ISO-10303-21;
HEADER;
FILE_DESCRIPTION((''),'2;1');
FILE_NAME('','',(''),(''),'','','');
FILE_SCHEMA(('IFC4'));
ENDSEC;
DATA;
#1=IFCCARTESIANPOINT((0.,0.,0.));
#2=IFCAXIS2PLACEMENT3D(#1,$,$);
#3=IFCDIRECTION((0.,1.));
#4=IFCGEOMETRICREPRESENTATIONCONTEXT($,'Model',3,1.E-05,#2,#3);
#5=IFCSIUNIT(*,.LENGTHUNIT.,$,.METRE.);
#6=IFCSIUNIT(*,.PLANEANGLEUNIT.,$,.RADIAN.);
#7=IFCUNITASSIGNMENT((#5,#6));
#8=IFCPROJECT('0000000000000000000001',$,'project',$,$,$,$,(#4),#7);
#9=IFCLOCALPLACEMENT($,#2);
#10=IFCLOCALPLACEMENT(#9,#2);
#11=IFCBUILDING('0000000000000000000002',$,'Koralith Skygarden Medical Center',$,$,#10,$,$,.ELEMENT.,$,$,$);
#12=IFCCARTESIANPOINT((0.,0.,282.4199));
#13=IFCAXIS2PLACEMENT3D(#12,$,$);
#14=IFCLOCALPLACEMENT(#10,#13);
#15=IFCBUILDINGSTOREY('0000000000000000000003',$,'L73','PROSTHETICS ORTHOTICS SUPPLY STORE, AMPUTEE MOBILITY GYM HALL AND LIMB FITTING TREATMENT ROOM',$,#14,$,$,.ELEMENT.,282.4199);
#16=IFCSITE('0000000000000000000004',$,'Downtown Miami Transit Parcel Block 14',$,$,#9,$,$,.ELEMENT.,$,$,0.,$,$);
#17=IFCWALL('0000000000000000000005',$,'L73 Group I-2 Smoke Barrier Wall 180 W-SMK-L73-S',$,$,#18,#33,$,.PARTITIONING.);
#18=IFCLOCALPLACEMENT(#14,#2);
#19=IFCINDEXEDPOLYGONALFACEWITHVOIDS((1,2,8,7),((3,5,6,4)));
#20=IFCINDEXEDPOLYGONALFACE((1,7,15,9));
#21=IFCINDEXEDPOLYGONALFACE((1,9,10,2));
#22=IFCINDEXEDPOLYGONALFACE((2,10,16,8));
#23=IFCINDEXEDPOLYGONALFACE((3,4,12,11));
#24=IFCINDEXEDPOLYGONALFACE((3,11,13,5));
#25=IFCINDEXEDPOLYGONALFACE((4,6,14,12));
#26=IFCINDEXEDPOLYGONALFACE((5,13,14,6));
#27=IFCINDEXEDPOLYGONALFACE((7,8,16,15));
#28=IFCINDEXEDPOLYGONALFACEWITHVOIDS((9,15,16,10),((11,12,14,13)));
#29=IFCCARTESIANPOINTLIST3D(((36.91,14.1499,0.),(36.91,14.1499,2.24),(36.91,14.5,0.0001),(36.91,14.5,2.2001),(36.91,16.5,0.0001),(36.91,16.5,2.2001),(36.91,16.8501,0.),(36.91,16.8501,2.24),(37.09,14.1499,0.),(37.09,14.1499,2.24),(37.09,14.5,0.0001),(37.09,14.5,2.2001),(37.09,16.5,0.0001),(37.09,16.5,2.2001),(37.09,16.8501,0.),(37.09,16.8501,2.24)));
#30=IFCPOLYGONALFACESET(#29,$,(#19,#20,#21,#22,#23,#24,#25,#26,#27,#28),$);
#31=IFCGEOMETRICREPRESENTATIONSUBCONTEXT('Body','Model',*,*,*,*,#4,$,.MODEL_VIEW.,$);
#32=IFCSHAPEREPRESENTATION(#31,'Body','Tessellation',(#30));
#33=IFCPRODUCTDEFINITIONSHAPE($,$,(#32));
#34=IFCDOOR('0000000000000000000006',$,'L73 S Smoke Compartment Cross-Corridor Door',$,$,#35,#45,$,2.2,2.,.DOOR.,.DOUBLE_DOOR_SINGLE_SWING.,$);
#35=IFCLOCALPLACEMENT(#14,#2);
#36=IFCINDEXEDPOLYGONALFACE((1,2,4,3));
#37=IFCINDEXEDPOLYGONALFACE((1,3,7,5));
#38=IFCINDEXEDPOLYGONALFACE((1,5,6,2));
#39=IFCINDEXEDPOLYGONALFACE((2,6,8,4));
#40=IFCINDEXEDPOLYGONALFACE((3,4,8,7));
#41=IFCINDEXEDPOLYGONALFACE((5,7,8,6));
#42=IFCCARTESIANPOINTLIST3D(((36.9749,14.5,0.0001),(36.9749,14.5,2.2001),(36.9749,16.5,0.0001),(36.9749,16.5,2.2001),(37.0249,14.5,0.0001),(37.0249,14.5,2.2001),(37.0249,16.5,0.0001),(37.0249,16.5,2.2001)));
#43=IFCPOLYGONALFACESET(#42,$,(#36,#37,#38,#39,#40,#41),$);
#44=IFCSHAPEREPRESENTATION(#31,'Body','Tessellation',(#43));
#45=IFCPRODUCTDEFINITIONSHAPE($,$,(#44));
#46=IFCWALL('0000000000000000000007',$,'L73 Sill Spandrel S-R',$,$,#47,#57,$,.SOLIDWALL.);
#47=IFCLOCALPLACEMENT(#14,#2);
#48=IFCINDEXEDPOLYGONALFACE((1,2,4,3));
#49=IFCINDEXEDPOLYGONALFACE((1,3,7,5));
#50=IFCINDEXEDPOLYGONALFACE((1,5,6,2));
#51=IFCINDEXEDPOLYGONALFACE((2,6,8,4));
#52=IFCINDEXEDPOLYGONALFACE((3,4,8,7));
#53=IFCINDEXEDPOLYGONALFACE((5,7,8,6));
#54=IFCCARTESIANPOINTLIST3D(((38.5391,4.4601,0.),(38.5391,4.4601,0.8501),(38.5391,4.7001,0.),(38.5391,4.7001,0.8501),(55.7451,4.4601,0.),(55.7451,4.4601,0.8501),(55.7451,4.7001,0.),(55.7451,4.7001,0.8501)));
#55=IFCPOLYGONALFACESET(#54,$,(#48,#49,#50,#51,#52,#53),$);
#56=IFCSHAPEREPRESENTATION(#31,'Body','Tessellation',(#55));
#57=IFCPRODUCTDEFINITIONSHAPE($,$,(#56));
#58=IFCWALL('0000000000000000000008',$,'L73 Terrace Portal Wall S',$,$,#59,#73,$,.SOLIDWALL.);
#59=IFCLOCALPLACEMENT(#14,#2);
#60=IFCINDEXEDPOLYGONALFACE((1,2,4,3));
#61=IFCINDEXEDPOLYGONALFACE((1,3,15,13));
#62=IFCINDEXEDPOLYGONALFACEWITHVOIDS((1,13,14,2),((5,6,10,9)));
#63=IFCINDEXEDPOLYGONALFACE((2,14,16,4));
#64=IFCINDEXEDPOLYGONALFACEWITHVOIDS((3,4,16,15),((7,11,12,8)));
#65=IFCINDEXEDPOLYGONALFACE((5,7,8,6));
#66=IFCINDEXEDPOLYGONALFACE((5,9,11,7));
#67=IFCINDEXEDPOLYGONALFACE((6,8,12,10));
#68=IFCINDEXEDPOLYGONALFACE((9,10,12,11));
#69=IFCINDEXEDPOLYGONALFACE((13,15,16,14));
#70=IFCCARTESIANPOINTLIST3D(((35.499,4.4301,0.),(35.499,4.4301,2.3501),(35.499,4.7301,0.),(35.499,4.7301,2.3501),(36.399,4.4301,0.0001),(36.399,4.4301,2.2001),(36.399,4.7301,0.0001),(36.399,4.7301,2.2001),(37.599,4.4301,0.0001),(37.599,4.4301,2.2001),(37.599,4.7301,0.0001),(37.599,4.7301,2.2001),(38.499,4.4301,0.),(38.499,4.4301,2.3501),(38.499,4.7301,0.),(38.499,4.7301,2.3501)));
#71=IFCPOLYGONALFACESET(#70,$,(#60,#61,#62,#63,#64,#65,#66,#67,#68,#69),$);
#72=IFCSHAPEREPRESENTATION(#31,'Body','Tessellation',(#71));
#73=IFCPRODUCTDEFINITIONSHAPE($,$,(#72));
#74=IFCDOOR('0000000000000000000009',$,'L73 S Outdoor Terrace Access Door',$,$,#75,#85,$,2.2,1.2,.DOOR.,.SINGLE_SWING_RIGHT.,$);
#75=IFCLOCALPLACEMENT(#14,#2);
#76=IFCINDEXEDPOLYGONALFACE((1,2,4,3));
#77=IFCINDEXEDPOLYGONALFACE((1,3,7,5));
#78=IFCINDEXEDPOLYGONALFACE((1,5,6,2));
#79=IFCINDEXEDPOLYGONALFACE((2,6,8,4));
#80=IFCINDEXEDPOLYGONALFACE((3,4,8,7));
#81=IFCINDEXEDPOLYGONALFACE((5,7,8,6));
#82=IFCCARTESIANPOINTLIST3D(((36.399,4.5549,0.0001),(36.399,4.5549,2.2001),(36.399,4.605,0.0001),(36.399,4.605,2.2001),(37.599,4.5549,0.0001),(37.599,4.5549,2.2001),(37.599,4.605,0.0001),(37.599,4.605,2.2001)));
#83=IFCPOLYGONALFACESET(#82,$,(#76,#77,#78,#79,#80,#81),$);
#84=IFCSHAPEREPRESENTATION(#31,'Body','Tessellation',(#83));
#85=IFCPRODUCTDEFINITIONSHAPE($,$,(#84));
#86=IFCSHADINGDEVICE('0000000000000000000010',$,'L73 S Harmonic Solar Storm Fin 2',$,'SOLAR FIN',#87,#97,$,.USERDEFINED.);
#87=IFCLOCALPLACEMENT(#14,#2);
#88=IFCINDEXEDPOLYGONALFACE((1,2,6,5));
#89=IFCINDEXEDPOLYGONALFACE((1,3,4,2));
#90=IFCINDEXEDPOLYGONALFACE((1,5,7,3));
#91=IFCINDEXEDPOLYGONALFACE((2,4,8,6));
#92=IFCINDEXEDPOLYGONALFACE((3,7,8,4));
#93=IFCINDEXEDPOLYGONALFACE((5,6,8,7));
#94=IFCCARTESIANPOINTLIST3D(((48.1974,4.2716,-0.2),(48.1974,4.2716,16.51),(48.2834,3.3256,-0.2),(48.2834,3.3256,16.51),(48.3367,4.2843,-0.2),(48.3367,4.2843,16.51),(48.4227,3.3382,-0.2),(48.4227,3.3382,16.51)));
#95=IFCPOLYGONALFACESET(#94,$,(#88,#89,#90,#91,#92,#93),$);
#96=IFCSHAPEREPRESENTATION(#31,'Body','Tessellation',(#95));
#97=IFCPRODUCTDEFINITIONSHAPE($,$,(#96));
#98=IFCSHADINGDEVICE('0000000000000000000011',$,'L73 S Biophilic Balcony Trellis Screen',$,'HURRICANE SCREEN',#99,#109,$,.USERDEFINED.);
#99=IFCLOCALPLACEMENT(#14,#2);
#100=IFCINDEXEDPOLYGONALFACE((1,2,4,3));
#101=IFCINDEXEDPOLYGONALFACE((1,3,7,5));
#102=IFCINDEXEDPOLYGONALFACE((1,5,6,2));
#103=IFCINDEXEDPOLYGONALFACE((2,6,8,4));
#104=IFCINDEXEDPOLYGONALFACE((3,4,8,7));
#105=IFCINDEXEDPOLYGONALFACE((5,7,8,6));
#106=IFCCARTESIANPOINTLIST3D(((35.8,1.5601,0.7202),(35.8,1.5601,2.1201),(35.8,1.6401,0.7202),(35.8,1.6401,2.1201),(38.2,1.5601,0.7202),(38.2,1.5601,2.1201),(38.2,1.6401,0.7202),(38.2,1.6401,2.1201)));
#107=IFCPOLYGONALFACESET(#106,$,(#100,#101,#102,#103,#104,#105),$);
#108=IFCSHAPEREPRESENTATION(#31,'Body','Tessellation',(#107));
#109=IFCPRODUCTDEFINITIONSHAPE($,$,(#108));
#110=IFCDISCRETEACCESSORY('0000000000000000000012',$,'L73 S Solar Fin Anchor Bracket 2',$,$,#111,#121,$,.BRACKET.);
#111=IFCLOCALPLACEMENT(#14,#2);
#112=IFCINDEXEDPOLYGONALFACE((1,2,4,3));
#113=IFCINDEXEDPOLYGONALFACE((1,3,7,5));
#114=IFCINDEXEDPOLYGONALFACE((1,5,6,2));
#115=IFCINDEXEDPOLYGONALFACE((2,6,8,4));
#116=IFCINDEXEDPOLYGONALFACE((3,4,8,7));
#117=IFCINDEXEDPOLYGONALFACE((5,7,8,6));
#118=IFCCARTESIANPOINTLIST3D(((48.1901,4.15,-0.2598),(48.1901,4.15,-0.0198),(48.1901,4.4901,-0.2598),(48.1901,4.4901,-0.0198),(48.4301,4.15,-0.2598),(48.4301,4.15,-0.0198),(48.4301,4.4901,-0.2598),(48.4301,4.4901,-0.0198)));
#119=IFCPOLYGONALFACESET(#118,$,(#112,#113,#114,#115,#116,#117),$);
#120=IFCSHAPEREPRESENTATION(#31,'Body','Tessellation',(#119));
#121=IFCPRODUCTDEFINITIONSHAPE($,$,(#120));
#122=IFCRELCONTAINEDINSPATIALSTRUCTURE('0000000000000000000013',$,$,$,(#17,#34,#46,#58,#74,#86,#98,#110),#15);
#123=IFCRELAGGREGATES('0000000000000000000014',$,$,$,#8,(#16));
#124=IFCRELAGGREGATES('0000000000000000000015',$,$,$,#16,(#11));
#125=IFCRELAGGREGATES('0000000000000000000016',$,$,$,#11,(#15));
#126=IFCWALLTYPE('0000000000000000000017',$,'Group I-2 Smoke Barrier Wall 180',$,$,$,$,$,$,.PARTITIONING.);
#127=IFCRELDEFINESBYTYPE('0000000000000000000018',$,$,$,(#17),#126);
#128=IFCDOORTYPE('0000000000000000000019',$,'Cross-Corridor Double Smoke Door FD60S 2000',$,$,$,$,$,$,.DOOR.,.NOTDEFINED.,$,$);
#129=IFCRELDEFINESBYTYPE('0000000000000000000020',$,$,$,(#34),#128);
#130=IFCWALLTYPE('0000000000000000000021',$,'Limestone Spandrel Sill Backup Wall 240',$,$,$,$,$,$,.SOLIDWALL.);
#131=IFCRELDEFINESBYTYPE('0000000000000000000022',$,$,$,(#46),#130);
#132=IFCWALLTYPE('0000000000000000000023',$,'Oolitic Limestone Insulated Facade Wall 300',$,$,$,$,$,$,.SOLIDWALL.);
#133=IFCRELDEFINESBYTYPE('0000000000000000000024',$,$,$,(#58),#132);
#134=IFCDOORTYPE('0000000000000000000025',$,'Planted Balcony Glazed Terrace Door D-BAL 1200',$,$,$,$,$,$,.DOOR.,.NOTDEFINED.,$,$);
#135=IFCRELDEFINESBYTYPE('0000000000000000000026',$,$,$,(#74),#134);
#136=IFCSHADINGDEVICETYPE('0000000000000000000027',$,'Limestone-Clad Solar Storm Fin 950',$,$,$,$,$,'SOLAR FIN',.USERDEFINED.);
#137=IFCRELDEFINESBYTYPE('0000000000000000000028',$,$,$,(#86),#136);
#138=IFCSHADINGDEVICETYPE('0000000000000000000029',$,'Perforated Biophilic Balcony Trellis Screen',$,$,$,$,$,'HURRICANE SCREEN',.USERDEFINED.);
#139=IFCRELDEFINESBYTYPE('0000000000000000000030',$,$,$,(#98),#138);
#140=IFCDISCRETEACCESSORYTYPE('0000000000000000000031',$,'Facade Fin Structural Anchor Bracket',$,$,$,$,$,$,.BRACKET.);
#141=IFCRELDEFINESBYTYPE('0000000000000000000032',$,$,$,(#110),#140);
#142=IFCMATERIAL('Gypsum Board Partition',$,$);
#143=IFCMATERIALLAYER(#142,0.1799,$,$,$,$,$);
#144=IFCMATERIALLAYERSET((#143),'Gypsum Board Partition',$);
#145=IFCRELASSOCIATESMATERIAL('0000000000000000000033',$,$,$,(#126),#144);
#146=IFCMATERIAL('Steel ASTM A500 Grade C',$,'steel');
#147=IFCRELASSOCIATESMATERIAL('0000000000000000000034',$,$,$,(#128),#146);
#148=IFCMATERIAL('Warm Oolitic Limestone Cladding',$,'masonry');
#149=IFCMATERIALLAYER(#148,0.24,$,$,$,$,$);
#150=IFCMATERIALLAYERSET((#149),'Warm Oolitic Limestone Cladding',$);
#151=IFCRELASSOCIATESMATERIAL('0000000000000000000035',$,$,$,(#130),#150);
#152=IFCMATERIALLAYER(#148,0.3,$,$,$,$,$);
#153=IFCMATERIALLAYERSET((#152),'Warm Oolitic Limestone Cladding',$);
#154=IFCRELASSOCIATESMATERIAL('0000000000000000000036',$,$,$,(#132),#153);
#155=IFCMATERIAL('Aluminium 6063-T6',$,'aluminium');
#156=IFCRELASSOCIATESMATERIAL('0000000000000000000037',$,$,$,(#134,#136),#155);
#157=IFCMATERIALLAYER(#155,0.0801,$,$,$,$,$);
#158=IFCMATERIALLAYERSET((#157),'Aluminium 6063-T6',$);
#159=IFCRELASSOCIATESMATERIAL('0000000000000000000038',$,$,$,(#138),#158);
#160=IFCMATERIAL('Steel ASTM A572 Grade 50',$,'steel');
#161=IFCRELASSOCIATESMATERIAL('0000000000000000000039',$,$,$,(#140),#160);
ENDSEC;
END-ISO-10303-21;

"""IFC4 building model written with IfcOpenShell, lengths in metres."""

from ifc_helpers import new_model, si_unit, direction, frame, frame_2d, origin, origin_2d, place, context, subcontext, project, spatial, rectangle, extrude, material, layer, layer_set, type_object, element, fill, save


model = new_model("IFC4")

# Units and contexts
model_context = context("Model", 3, precision=1e-05, world=origin(), true_north=direction((0.0, 1.0)))
body_context = subcontext(model_context, "Body", "Model", "MODEL_VIEW")
ifc_project = project(units=[si_unit("LENGTHUNIT", "METRE"), si_unit("PLANEANGLEUNIT", "RADIAN")], contexts=[model_context])

# Site, building, storey
site_placement = place(None, origin())
site = spatial("IfcSite", under=ifc_project, at=site_placement, Name="Downtown Miami Transit Parcel Block 14", CompositionType="ELEMENT", RefElevation=0.0)
building_placement = place(site_placement, origin())
building = spatial("IfcBuilding", under=site, at=building_placement, Name="Koralith Skygarden Medical Center", CompositionType="ELEMENT")
storey_placement = place(building_placement, frame((0.0, 0.0, 282.4199)))
storey = spatial("IfcBuildingStorey", under=building, at=storey_placement, Name="L73", Description="PROSTHETICS ORTHOTICS SUPPLY STORE, AMPUTEE MOBILITY GYM HALL AND LIMB FITTING TREATMENT ROOM", CompositionType="ELEMENT", Elevation=282.4199)

# Shared definitions
ifc_material_1 = material(Name="Aluminium 6063-T6", Category="aluminium")

# Shared definitions
ifc_material_2 = material(Name="Gypsum Board Partition")

# Wall, opening, door
ifc_layer_1 = layer(ifc_material_2, 0.1799)
ifc_layer_set_1 = layer_set([ifc_layer_1], Name="Gypsum Board Partition")
wall_type_1 = type_object("IfcWallType", Name="Group I-2 Smoke Barrier Wall 180", PredefinedType="PARTITIONING", material=ifc_layer_set_1)
wall_1_placement = place(storey_placement, frame((37.0, 14.1499, 0.0), z_axis=(0.0, 0.0, 1.0), x_axis=(0.0, 1.0, 0.0)))
wall_1 = element("IfcWall", 1, at=wall_1_placement, inside=storey, type_object=wall_type_1, Name="L73 Group I-2 Smoke Barrier Wall 180 W-SMK-L73-S", PredefinedType="PARTITIONING", context=body_context, shape_type="SweptSolid", body=[
    extrude(rectangle(XDim=2.7002, YDim=0.1799, at=frame_2d((1.3501, 0.0))), origin(), (0.0, 0.0, 1.0), 2.24),
])
opening_1_placement = place(wall_1_placement, frame((0.3501, 0.0, 0.0)))
opening_1 = element("IfcOpeningElement", 2, at=opening_1_placement, cuts=wall_1, PredefinedType="OPENING", context=body_context, shape_type="SweptSolid", body=[
    extrude(rectangle(XDim=2.0, YDim=2.2, at=frame_2d((1.0, 1.1001))), frame((0.0, 0.0999, 0.0), z_axis=(0.0, -1.0, 0.0), x_axis=(1.0, 0.0, 0.0)), (0.0, 0.0, 1.0), 0.2),
])
ifc_material_3 = material(Name="Steel ASTM A500 Grade C", Category="steel")
door_type_1 = type_object("IfcDoorType", Name="Cross-Corridor Double Smoke Door FD60S 2000", OperationType="NOTDEFINED", PredefinedType="DOOR", material=ifc_material_3)
door_1_placement = place(opening_1_placement, frame((2.0, 0.0, 0.0), z_axis=(0.0, 0.0, 1.0), x_axis=(-1.0, 0.0, 0.0)))
door_1 = element("IfcDoor", 3, at=door_1_placement, inside=storey, type_object=door_type_1, Name="L73 S Smoke Compartment Cross-Corridor Door", OperationType="DOUBLE_DOOR_SINGLE_SWING", OverallHeight=2.2, OverallWidth=2.0, PredefinedType="DOOR", context=body_context, shape_type="SweptSolid", body=[
    extrude(rectangle(XDim=2.0, YDim=2.2, at=frame_2d((1.0, 1.1001))), frame((0.0, 0.0249, 0.0), z_axis=(0.0, -1.0, 0.0), x_axis=(1.0, 0.0, 0.0)), (0.0, 0.0, 1.0), 0.05),
])
fill(opening_1, door_1)

# Wall
ifc_material_4 = material(Name="Warm Oolitic Limestone Cladding", Category="masonry")
ifc_layer_2 = layer(ifc_material_4, 0.24)
ifc_layer_set_2 = layer_set([ifc_layer_2], Name="Warm Oolitic Limestone Cladding")
wall_type_2 = type_object("IfcWallType", Name="Limestone Spandrel Sill Backup Wall 240", PredefinedType="SOLIDWALL", material=ifc_layer_set_2)
wall_2_placement = place(storey_placement, frame((38.5391, 4.5801, 0.0), z_axis=(0.0, 0.0, 1.0), x_axis=(1.0, 0.0, 0.0)))
element("IfcWall", 4, at=wall_2_placement, inside=storey, type_object=wall_type_2, Name="L73 Sill Spandrel S-R", PredefinedType="SOLIDWALL", context=body_context, shape_type="SweptSolid", body=[
    extrude(rectangle(XDim=17.2061, YDim=0.24, at=frame_2d((8.603, 0.0))), origin(), (0.0, 0.0, 1.0), 0.8501),
])

# Wall, opening, door
ifc_layer_3 = layer(ifc_material_4, 0.3)
ifc_layer_set_3 = layer_set([ifc_layer_3], Name="Warm Oolitic Limestone Cladding")
wall_type_3 = type_object("IfcWallType", Name="Oolitic Limestone Insulated Facade Wall 300", PredefinedType="SOLIDWALL", material=ifc_layer_set_3)
wall_3_placement = place(storey_placement, frame((35.499, 4.5801, 0.0), z_axis=(0.0, 0.0, 1.0), x_axis=(1.0, 0.0, 0.0)))
wall_3 = element("IfcWall", 5, at=wall_3_placement, inside=storey, type_object=wall_type_3, Name="L73 Terrace Portal Wall S", PredefinedType="SOLIDWALL", context=body_context, shape_type="SweptSolid", body=[
    extrude(rectangle(XDim=3.0, YDim=0.3, at=frame_2d((1.5, 0.0))), origin(), (0.0, 0.0, 1.0), 2.3501),
])
opening_2_placement = place(wall_3_placement, frame((0.8999, 0.0, 0.0)))
opening_2 = element("IfcOpeningElement", 6, at=opening_2_placement, cuts=wall_3, PredefinedType="OPENING", context=body_context, shape_type="SweptSolid", body=[
    extrude(rectangle(XDim=1.2, YDim=2.2, at=frame_2d((0.6001, 1.1001))), frame((0.0, 0.1599, 0.0), z_axis=(0.0, -1.0, 0.0), x_axis=(1.0, 0.0, 0.0)), (0.0, 0.0, 1.0), 0.3201),
])
door_type_2 = type_object("IfcDoorType", Name="Planted Balcony Glazed Terrace Door D-BAL 1200", OperationType="NOTDEFINED", PredefinedType="DOOR", material=ifc_material_1)
door_2_placement = place(opening_2_placement, origin())
door_2 = element("IfcDoor", 7, at=door_2_placement, inside=storey, type_object=door_type_2, Name="L73 S Outdoor Terrace Access Door", OperationType="SINGLE_SWING_RIGHT", OverallHeight=2.2, OverallWidth=1.2, PredefinedType="DOOR", context=body_context, shape_type="SweptSolid", body=[
    extrude(rectangle(XDim=1.2, YDim=2.2, at=frame_2d((0.6001, 1.1001))), frame((0.0, 0.0249, 0.0), z_axis=(0.0, -1.0, 0.0), x_axis=(1.0, 0.0, 0.0)), (0.0, 0.0, 1.0), 0.05),
])
fill(opening_2, door_2)

# Shading devices
shading_device_type_1 = type_object("IfcShadingDeviceType", Name="Limestone-Clad Solar Storm Fin 950", ElementType="SOLAR FIN", PredefinedType="USERDEFINED", material=ifc_material_1)
shading_device_1_placement = place(storey_placement, frame((48.3101, 3.8049, -0.2), z_axis=(0.0, 0.0, 1.0), x_axis=(0.090494, -0.995897, 0.0)))
element("IfcShadingDevice", 8, at=shading_device_1_placement, inside=storey, type_object=shading_device_type_1, Name="L73 S Harmonic Solar Storm Fin 2", ObjectType="SOLAR FIN", PredefinedType="USERDEFINED", context=body_context, shape_type="SweptSolid", body=[
    extrude(rectangle(XDim=0.95, YDim=0.1399, at=origin_2d()), origin(), (0.0, 0.0, 1.0), 16.71),
])
ifc_layer_4 = layer(ifc_material_1, 0.0801)
ifc_layer_set_4 = layer_set([ifc_layer_4], Name="Aluminium 6063-T6")
shading_device_type_2 = type_object("IfcShadingDeviceType", Name="Perforated Biophilic Balcony Trellis Screen", ElementType="HURRICANE SCREEN", PredefinedType="USERDEFINED", material=ifc_layer_set_4)
shading_device_2_placement = place(storey_placement, frame((37.0, 1.6001, 0.7202), z_axis=(0.0, 0.0, 1.0), x_axis=(1.0, 0.0, 0.0)))
element("IfcShadingDevice", 9, at=shading_device_2_placement, inside=storey, type_object=shading_device_type_2, Name="L73 S Biophilic Balcony Trellis Screen", ObjectType="HURRICANE SCREEN", PredefinedType="USERDEFINED", context=body_context, shape_type="SweptSolid", body=[
    extrude(rectangle(XDim=2.3999, YDim=0.0801, at=origin_2d()), origin(), (0.0, 0.0, 1.0), 1.3999),
])

# Discrete accessory
ifc_material_5 = material(Name="Steel ASTM A572 Grade 50", Category="steel")
discrete_accessory_type = type_object("IfcDiscreteAccessoryType", Name="Facade Fin Structural Anchor Bracket", PredefinedType="BRACKET", material=ifc_material_5)
discrete_accessory_placement = place(storey_placement, frame((48.3101, 4.3201, -0.2598), z_axis=(0.0, 0.0, 1.0), x_axis=(0.0, -1.0, 0.0)))
element("IfcDiscreteAccessory", 10, at=discrete_accessory_placement, inside=storey, type_object=discrete_accessory_type, Name="L73 S Solar Fin Anchor Bracket 2", PredefinedType="BRACKET", context=body_context, shape_type="SweptSolid", body=[
    extrude(rectangle(XDim=0.3401, YDim=0.24, at=origin_2d()), origin(), (0.0, 0.0, 1.0), 0.24),
])

save(model, "model.ifc")
